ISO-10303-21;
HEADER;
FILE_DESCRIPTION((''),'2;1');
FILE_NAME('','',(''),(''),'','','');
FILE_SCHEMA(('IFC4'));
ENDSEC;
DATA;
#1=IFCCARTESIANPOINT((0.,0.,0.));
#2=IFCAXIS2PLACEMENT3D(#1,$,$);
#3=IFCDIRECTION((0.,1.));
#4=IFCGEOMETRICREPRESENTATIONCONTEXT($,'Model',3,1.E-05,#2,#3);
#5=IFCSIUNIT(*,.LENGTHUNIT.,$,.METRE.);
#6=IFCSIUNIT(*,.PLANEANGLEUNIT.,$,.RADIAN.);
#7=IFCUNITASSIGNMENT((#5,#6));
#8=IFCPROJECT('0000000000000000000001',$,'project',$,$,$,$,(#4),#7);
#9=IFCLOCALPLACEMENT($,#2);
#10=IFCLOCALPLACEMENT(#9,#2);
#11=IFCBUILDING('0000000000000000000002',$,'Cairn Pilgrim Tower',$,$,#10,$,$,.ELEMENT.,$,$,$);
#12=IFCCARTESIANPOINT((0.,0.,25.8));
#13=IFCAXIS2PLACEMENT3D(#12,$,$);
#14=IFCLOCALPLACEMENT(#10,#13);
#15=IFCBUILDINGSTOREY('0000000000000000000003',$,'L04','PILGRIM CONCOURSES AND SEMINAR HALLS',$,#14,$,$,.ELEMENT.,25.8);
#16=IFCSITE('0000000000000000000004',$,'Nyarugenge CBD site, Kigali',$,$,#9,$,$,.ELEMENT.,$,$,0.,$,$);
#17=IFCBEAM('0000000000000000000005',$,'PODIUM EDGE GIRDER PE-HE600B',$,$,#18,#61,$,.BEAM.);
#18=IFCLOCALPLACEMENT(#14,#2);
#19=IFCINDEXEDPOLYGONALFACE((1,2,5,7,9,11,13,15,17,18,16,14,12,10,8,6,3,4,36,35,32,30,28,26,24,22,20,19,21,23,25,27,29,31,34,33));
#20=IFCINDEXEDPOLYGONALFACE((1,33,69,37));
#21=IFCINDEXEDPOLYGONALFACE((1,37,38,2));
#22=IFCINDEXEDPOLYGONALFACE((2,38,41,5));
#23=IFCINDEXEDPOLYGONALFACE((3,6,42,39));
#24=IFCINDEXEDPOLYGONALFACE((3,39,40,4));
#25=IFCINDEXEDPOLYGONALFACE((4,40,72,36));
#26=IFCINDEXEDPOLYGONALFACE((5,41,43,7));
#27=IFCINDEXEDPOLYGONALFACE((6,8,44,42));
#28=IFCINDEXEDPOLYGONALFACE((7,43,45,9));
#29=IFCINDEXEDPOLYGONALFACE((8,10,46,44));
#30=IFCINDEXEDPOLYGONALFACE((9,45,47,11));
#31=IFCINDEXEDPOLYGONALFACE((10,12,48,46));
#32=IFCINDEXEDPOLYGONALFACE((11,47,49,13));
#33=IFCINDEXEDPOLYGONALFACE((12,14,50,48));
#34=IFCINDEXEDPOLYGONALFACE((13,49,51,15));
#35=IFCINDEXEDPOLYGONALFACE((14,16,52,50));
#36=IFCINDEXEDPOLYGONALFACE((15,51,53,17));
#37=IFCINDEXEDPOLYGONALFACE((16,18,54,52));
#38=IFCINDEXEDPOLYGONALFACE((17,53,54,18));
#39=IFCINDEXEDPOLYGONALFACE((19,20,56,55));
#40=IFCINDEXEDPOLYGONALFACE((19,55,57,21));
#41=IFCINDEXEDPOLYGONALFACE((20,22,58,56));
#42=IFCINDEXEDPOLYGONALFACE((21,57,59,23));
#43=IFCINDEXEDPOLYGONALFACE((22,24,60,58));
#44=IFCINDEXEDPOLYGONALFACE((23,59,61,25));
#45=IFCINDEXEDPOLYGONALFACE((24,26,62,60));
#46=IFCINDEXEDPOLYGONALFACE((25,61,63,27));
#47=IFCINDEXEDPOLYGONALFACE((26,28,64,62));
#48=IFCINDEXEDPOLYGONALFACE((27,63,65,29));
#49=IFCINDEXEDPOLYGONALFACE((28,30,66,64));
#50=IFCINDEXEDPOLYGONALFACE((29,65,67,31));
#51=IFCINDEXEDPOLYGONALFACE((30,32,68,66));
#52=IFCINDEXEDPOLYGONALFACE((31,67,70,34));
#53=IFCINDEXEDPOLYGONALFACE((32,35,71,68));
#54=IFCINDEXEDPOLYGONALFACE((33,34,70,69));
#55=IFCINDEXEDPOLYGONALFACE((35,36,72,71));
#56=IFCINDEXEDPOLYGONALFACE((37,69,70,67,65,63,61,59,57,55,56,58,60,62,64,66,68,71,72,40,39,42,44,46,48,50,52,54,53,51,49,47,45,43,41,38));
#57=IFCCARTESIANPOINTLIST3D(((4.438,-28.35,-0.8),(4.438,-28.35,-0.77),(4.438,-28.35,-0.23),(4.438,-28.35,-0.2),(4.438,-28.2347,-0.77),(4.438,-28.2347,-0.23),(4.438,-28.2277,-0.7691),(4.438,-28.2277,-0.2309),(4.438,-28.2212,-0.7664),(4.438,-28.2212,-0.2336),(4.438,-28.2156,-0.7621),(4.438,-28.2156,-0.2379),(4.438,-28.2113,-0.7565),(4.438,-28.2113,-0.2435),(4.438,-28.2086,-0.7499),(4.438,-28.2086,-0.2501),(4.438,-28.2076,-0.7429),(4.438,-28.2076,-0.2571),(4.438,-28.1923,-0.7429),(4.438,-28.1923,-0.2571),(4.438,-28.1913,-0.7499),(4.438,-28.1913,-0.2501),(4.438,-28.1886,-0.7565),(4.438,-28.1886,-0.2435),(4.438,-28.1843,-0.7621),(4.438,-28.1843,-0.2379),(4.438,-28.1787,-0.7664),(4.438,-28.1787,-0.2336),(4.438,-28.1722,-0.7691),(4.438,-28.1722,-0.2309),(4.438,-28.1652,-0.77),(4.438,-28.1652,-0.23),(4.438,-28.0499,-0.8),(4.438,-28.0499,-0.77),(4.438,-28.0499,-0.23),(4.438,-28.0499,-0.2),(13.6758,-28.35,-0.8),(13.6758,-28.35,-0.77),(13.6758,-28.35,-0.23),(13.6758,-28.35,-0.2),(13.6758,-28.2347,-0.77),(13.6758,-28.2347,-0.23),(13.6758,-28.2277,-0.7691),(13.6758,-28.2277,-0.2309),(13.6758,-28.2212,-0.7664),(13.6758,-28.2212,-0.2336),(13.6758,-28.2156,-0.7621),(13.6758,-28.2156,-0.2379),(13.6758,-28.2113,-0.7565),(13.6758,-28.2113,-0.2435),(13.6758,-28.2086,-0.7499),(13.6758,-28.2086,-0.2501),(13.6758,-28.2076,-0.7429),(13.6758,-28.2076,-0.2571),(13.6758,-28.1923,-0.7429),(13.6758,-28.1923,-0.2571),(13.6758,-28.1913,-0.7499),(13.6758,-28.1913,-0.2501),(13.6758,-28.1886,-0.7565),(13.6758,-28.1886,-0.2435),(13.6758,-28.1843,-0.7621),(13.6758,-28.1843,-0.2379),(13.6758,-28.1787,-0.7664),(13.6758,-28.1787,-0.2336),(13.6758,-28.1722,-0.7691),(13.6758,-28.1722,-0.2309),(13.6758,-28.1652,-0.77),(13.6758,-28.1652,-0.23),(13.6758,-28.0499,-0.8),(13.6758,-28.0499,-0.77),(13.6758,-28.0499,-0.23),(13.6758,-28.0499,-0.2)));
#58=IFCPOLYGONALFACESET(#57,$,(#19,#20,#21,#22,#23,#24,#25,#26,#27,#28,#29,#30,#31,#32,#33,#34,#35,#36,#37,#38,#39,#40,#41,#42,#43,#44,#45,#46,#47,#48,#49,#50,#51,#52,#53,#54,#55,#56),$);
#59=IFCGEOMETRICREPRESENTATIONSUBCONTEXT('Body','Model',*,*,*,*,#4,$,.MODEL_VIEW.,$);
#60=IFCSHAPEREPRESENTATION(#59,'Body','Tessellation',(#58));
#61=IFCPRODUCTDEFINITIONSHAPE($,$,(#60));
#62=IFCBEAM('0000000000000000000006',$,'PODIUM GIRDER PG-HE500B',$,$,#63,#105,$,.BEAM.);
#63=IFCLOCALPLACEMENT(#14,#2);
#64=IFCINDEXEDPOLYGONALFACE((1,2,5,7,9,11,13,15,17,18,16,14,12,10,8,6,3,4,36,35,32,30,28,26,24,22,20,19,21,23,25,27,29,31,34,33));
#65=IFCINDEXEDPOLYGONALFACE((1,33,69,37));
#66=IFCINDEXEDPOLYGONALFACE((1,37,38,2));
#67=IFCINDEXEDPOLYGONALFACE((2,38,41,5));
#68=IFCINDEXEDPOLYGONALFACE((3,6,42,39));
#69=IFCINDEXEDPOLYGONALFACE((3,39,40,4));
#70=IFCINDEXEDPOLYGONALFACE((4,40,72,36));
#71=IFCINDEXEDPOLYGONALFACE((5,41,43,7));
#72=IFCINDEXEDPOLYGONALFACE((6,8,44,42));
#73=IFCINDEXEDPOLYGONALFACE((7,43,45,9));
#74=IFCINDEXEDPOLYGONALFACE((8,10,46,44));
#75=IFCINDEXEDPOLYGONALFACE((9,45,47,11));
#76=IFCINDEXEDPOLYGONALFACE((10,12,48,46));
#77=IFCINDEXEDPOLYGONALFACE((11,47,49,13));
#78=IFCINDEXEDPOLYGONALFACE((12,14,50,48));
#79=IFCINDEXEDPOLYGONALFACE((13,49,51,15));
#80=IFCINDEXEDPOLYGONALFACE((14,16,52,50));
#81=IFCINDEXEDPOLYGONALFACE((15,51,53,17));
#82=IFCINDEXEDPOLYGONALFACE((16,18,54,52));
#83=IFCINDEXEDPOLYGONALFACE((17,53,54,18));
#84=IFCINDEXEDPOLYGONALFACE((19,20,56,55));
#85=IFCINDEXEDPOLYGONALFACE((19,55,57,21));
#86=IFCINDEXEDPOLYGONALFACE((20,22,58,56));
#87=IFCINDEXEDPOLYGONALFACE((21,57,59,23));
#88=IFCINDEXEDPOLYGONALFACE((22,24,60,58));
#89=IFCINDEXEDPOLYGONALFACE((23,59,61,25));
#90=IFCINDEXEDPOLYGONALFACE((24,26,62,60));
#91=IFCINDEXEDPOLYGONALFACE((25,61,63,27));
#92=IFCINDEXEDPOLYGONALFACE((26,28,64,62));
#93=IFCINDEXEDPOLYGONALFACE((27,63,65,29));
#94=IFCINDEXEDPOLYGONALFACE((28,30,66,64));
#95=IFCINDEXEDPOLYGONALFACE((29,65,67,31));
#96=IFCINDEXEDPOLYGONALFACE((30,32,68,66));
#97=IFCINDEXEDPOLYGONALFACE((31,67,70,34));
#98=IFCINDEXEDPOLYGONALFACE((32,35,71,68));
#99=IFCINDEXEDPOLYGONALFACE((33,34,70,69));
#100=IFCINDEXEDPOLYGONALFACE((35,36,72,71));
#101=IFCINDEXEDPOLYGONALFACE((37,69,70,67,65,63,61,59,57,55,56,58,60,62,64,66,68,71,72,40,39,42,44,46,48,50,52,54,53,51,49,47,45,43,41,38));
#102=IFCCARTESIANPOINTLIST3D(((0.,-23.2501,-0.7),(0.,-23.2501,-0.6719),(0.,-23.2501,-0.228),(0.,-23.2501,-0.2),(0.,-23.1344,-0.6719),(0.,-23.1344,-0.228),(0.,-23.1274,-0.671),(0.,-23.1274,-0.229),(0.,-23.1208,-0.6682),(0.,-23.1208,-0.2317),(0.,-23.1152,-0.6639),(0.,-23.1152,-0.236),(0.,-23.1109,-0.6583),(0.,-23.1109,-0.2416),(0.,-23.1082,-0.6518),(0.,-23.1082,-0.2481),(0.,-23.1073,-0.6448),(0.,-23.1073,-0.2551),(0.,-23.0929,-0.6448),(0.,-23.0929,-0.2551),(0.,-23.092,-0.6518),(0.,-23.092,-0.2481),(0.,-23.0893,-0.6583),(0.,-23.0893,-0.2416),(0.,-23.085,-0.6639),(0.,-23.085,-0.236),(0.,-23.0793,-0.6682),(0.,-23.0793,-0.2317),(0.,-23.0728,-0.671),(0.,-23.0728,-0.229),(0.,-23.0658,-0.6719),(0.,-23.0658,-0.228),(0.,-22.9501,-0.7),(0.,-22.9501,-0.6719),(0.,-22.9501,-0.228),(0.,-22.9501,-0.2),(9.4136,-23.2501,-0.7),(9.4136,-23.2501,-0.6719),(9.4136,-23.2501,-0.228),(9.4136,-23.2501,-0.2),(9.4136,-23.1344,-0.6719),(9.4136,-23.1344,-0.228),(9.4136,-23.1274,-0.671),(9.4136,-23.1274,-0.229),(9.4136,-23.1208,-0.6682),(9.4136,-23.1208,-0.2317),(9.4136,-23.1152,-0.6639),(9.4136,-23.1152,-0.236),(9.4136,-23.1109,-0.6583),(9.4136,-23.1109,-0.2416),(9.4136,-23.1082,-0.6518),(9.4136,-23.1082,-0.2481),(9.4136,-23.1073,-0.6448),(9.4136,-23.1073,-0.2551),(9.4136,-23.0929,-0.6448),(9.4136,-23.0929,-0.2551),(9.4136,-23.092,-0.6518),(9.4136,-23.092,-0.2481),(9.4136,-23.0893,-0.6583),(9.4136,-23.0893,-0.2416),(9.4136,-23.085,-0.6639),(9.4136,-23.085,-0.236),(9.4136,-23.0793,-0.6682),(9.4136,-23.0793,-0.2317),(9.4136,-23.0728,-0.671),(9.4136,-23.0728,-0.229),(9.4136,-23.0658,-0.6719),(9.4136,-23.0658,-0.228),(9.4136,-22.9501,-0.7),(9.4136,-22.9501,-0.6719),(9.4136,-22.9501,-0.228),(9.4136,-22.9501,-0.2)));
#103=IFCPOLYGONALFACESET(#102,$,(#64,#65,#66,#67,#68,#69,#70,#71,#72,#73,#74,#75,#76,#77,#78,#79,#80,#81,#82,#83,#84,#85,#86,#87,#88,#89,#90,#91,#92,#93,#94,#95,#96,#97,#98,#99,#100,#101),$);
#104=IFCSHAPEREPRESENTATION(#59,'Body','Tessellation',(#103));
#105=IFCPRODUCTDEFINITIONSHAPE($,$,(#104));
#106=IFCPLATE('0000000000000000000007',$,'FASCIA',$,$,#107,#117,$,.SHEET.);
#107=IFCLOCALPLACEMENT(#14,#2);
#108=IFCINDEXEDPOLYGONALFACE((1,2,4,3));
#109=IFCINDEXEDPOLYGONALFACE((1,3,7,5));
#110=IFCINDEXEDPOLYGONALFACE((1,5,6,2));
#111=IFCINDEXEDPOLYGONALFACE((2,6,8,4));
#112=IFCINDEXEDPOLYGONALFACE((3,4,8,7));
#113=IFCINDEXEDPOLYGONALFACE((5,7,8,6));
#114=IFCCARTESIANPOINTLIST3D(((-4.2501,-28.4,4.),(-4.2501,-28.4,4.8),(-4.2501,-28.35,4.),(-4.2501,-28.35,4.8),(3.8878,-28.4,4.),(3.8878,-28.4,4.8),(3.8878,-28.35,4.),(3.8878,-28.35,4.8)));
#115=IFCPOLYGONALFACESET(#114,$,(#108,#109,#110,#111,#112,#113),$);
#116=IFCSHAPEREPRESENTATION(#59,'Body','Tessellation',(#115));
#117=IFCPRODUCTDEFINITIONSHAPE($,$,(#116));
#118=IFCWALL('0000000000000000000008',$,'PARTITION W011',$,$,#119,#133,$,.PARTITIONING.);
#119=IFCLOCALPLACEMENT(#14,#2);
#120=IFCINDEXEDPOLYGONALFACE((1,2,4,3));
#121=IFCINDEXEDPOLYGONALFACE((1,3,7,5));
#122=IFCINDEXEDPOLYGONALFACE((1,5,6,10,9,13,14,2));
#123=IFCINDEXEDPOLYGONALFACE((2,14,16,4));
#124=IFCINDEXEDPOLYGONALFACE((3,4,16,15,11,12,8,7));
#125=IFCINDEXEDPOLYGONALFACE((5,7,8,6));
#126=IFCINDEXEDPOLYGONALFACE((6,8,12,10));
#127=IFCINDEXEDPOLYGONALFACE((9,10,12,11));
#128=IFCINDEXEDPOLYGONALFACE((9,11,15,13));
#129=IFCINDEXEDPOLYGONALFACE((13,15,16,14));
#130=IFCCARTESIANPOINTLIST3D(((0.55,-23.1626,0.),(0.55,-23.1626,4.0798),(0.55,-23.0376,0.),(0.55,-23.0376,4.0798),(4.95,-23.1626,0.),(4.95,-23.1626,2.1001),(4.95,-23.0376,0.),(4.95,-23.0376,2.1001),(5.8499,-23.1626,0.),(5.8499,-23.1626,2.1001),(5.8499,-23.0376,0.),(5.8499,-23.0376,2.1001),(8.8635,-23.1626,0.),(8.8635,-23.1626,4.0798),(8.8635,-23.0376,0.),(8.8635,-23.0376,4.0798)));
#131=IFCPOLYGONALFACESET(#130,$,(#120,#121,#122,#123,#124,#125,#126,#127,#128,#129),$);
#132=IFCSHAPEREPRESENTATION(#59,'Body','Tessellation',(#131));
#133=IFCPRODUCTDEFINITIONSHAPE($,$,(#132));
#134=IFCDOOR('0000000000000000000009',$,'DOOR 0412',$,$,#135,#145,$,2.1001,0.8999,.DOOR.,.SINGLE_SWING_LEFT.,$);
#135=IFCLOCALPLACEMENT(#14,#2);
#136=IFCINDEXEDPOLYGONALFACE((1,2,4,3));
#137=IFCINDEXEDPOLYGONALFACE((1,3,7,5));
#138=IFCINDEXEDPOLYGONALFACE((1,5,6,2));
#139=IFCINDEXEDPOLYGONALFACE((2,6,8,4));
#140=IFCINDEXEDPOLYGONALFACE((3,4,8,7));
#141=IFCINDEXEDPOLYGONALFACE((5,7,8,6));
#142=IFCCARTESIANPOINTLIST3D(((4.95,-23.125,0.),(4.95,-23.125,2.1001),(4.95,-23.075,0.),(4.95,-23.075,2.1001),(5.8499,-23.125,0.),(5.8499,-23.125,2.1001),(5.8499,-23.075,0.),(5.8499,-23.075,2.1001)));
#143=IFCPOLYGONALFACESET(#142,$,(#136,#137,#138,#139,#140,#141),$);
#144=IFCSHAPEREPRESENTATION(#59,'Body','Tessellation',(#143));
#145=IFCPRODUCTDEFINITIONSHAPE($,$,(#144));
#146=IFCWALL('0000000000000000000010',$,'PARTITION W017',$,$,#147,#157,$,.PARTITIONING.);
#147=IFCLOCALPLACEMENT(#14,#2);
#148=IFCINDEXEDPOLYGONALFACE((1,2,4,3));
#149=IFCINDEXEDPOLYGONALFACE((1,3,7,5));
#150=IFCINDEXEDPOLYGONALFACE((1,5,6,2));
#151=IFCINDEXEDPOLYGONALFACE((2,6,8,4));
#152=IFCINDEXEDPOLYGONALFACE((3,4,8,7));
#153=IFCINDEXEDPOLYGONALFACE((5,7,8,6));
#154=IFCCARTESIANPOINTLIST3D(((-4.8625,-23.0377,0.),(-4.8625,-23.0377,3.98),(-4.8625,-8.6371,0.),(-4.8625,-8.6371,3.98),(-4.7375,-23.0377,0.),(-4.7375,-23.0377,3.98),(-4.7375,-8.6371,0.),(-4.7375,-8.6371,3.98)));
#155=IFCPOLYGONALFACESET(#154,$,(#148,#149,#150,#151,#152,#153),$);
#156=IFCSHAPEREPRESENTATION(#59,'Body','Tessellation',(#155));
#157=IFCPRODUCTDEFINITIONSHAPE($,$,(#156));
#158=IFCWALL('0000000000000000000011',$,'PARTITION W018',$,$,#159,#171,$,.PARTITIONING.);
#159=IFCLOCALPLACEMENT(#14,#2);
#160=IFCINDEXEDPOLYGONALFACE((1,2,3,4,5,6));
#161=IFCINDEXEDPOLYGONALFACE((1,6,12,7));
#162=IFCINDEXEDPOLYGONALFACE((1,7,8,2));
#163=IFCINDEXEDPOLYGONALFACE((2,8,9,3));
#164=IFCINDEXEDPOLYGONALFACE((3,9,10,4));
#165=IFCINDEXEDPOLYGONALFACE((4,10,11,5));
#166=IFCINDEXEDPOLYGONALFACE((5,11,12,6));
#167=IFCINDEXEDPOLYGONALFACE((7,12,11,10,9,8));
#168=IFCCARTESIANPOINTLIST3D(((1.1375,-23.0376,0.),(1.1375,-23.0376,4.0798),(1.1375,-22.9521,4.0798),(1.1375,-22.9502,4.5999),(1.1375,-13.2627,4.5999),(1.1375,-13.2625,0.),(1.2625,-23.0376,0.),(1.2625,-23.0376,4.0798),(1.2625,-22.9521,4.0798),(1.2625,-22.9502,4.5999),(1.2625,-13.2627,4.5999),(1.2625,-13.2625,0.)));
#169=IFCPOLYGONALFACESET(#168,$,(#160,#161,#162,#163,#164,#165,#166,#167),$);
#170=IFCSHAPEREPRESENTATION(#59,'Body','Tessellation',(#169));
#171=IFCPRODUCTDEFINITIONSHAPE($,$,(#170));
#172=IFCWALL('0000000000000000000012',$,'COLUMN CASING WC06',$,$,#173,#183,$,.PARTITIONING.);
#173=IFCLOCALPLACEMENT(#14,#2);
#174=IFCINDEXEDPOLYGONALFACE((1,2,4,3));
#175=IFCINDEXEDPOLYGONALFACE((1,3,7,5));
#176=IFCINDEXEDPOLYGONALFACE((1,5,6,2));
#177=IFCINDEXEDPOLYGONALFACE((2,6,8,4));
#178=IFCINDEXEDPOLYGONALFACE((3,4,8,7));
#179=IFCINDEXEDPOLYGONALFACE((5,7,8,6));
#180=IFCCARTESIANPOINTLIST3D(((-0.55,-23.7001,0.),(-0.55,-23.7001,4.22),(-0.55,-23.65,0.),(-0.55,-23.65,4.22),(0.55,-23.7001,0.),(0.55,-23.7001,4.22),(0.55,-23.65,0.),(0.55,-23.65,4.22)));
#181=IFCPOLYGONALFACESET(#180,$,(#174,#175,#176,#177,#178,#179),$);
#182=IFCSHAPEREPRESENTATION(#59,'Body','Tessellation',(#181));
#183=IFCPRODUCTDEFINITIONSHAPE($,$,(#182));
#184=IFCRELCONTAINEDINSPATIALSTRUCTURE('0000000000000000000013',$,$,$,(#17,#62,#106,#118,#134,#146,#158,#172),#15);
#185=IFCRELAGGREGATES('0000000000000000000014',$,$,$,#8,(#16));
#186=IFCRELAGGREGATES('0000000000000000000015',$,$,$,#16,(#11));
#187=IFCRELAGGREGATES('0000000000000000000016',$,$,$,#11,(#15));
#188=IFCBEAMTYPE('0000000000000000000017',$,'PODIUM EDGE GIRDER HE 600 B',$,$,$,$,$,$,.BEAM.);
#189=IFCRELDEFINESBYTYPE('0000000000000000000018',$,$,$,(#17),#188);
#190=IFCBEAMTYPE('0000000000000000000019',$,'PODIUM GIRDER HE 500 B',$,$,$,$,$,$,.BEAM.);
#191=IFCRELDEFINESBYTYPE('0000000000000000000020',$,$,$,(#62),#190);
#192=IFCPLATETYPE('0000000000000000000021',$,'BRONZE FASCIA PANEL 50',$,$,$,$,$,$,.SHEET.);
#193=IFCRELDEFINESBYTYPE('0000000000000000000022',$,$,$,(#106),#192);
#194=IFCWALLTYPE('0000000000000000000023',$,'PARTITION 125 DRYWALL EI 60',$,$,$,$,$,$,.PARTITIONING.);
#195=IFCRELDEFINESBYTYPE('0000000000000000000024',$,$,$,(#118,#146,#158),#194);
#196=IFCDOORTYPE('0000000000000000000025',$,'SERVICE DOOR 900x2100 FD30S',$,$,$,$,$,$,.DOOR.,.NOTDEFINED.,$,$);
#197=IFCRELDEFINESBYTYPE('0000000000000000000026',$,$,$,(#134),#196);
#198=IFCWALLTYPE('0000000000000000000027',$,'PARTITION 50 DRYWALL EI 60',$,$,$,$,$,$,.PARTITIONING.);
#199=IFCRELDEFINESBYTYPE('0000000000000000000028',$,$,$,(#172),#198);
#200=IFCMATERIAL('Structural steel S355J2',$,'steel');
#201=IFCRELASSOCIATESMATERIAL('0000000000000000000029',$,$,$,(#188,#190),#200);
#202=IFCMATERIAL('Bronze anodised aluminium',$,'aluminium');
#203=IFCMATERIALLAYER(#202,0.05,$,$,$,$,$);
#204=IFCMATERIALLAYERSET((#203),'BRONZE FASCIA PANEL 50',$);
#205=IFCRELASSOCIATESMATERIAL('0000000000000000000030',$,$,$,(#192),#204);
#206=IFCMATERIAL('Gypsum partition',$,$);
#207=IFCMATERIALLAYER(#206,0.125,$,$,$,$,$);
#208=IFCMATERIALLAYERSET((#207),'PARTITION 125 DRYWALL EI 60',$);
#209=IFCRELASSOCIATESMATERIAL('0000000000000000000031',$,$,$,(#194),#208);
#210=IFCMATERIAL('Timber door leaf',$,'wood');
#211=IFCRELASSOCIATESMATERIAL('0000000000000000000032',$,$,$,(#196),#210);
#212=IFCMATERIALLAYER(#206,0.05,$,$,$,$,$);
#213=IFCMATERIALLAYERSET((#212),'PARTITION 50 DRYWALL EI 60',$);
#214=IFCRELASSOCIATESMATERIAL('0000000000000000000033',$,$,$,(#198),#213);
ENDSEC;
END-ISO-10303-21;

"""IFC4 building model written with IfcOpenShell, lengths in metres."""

from ifc_helpers import new_model, si_unit, direction, frame, frame_2d, origin, origin_2d, place, context, subcontext, project, spatial, polyline, rectangle, i_section, outline, extrude, material, layer, layer_set, material_profile, profile_set, type_object, element, fill, save


model = new_model("IFC4")

# Units and contexts
model_context = context("Model", 3, precision=1e-05, world=origin(), true_north=direction((0.0, 1.0)))
body_context = subcontext(model_context, "Body", "Model", "MODEL_VIEW")
ifc_project = project(units=[si_unit("LENGTHUNIT", "METRE"), si_unit("PLANEANGLEUNIT", "RADIAN")], contexts=[model_context])

# Site, building, storey
site_placement = place(None, origin())
site = spatial("IfcSite", under=ifc_project, at=site_placement, Name="Nyarugenge CBD site, Kigali", CompositionType="ELEMENT", RefElevation=0.0)
building_placement = place(site_placement, origin())
building = spatial("IfcBuilding", under=site, at=building_placement, Name="Cairn Pilgrim Tower", CompositionType="ELEMENT")
storey_placement = place(building_placement, frame((0.0, 0.0, 25.8)))
storey = spatial("IfcBuildingStorey", under=building, at=storey_placement, Name="L04", Description="PILGRIM CONCOURSES AND SEMINAR HALLS", CompositionType="ELEMENT", Elevation=25.8)

# Beams
ifc_material_1 = material(Name="Structural steel S355J2", Category="steel")
ifc_material_profile_1 = material_profile(ifc_material_1, i_section(OverallWidth=0.3, OverallDepth=0.6001, WebThickness=0.0154, FlangeThickness=0.03, FilletRadius=0.0271, at=origin_2d()), Name="HEB 600")
ifc_profile_set_1 = profile_set([ifc_material_profile_1], Name="Structural steel S355J2")
beam_type_1 = type_object("IfcBeamType", Name="PODIUM EDGE GIRDER HE 600 B", PredefinedType="BEAM", material=ifc_profile_set_1)
beam_1_placement = place(storey_placement, frame((4.438, -28.2, -0.5), z_axis=(1.0, 0.0, 0.0), x_axis=(0.0, 1.0, 0.0)))
element("IfcBeam", 1, at=beam_1_placement, inside=storey, type_object=beam_type_1, Name="PODIUM EDGE GIRDER PE-HE600B", PredefinedType="BEAM", context=body_context, shape_type="SweptSolid", body=[
    extrude(i_section(OverallWidth=0.3, OverallDepth=0.6001, WebThickness=0.0154, FlangeThickness=0.03, FilletRadius=0.0271, at=origin_2d()), origin(), (0.0, 0.0, 1.0), 9.2378),
])
ifc_material_profile_2 = material_profile(ifc_material_1, i_section(OverallWidth=0.3, OverallDepth=0.5, WebThickness=0.0144, FlangeThickness=0.0281, FilletRadius=0.0271, at=origin_2d()), Name="HEB 500")
ifc_profile_set_2 = profile_set([ifc_material_profile_2], Name="Structural steel S355J2")
beam_type_2 = type_object("IfcBeamType", Name="PODIUM GIRDER HE 500 B", PredefinedType="BEAM", material=ifc_profile_set_2)
beam_2_placement = place(storey_placement, frame((0.0, -23.1001, -0.45), z_axis=(1.0, 0.0, 0.0), x_axis=(0.0, 1.0, 0.0)))
element("IfcBeam", 2, at=beam_2_placement, inside=storey, type_object=beam_type_2, Name="PODIUM GIRDER PG-HE500B", PredefinedType="BEAM", context=body_context, shape_type="SweptSolid", body=[
    extrude(i_section(OverallWidth=0.3, OverallDepth=0.5, WebThickness=0.0144, FlangeThickness=0.0281, FilletRadius=0.0271, at=origin_2d()), origin(), (0.0, 0.0, 1.0), 9.4136),
])

# Plate
ifc_material_2 = material(Name="Bronze anodised aluminium", Category="aluminium")
ifc_layer_1 = layer(ifc_material_2, 0.05)
ifc_layer_set_1 = layer_set([ifc_layer_1], Name="BRONZE FASCIA PANEL 50")
plate_type = type_object("IfcPlateType", Name="BRONZE FASCIA PANEL 50", PredefinedType="SHEET", material=ifc_layer_set_1)
plate_placement = place(storey_placement, frame((-0.1812, -28.375, 4.0), z_axis=(0.0, 0.0, 1.0), x_axis=(1.0, 0.0, 0.0)))
element("IfcPlate", 3, at=plate_placement, inside=storey, type_object=plate_type, Name="FASCIA", PredefinedType="SHEET", context=body_context, shape_type="SweptSolid", body=[
    extrude(rectangle(XDim=8.1379, YDim=0.05, at=origin_2d()), origin(), (0.0, 0.0, 1.0), 0.8),
])

# Wall, opening, door
ifc_material_3 = material(Name="Gypsum partition")
ifc_layer_2 = layer(ifc_material_3, 0.125)
ifc_layer_set_2 = layer_set([ifc_layer_2], Name="PARTITION 125 DRYWALL EI 60")
wall_type_1 = type_object("IfcWallType", Name="PARTITION 125 DRYWALL EI 60", PredefinedType="PARTITIONING", material=ifc_layer_set_2)
wall_1_placement = place(storey_placement, frame((0.55, -23.1001, 0.0), z_axis=(0.0, 0.0, 1.0), x_axis=(1.0, 0.0, 0.0)))
wall_1 = element("IfcWall", 4, at=wall_1_placement, inside=storey, type_object=wall_type_1, Name="PARTITION W011", PredefinedType="PARTITIONING", context=body_context, shape_type="SweptSolid", body=[
    extrude(rectangle(XDim=8.3135, YDim=0.125, at=frame_2d((4.1567, 0.0))), origin(), (0.0, 0.0, 1.0), 4.0798),
])
opening_1_placement = place(wall_1_placement, frame((4.3999, 0.0, 0.0)))
opening_1 = element("IfcOpeningElement", 5, at=opening_1_placement, cuts=wall_1, PredefinedType="OPENING", context=body_context, shape_type="SweptSolid", body=[
    extrude(rectangle(XDim=0.8999, YDim=2.1001, at=frame_2d((0.45, 1.05))), frame((0.0, 0.0725, 0.0), z_axis=(0.0, -1.0, 0.0), x_axis=(1.0, 0.0, 0.0)), (0.0, 0.0, 1.0), 0.145),
])
ifc_material_4 = material(Name="Timber door leaf", Category="wood")
door_type = type_object("IfcDoorType", Name="SERVICE DOOR 900x2100 FD30S", OperationType="NOTDEFINED", PredefinedType="DOOR", material=ifc_material_4)
door_placement = place(opening_1_placement, frame((0.8999, 0.0, 0.0), z_axis=(0.0, 0.0, 1.0), x_axis=(-1.0, 0.0, 0.0)))
door = element("IfcDoor", 6, at=door_placement, inside=storey, type_object=door_type, Name="DOOR 0412", OperationType="SINGLE_SWING_LEFT", OverallHeight=2.1001, OverallWidth=0.8999, PredefinedType="DOOR", context=body_context, shape_type="SweptSolid", body=[
    extrude(rectangle(XDim=0.8999, YDim=2.1001, at=frame_2d((0.45, 1.05))), frame((0.0, 0.0249, 0.0), z_axis=(0.0, -1.0, 0.0), x_axis=(1.0, 0.0, 0.0)), (0.0, 0.0, 1.0), 0.05),
])
fill(opening_1, door)

# Walls
wall_2_placement = place(storey_placement, frame((-4.8, -23.0376, 0.0), z_axis=(0.0, 0.0, 1.0), x_axis=(0.0, 1.0, 0.0)))
element("IfcWall", 7, at=wall_2_placement, inside=storey, type_object=wall_type_1, Name="PARTITION W017", PredefinedType="PARTITIONING", context=body_context, shape_type="SweptSolid", body=[
    extrude(rectangle(XDim=14.4006, YDim=0.125, at=frame_2d((7.2002, 0.0))), origin(), (0.0, 0.0, 1.0), 3.98),
])
wall_3_placement = place(storey_placement, frame((1.2, -23.0376, 0.0), z_axis=(0.0, 0.0, 1.0), x_axis=(0.0, 1.0, 0.0)))
element("IfcWall", 8, at=wall_3_placement, inside=storey, type_object=wall_type_1, Name="PARTITION W018", PredefinedType="PARTITIONING", context=body_context, shape_type="SweptSolid", body=[
    extrude(outline(polyline([(0.0, 0.0), (9.7751, 0.0), (9.7749, 4.5999), (0.0874, 4.5999), (0.0854, 4.0798), (0.0, 4.0798), (0.0, 0.0)])), frame((0.0, 0.0625, 0.0), z_axis=(0.0, -1.0, 0.0), x_axis=(1.0, 0.0, 0.0)), (0.0, 0.0, 1.0), 0.125),
])
ifc_layer_3 = layer(ifc_material_3, 0.05)
ifc_layer_set_3 = layer_set([ifc_layer_3], Name="PARTITION 50 DRYWALL EI 60")
wall_type_2 = type_object("IfcWallType", Name="PARTITION 50 DRYWALL EI 60", PredefinedType="PARTITIONING", material=ifc_layer_set_3)
wall_4_placement = place(storey_placement, frame((-0.55, -23.675, 0.0), z_axis=(0.0, 0.0, 1.0), x_axis=(1.0, 0.0, 0.0)))
element("IfcWall", 9, at=wall_4_placement, inside=storey, type_object=wall_type_2, Name="COLUMN CASING WC06", PredefinedType="PARTITIONING", context=body_context, shape_type="SweptSolid", body=[
    extrude(rectangle(XDim=1.1001, YDim=0.05, at=frame_2d((0.55, 0.0))), origin(), (0.0, 0.0, 1.0), 4.22),
])

save(model, "model.ifc")
